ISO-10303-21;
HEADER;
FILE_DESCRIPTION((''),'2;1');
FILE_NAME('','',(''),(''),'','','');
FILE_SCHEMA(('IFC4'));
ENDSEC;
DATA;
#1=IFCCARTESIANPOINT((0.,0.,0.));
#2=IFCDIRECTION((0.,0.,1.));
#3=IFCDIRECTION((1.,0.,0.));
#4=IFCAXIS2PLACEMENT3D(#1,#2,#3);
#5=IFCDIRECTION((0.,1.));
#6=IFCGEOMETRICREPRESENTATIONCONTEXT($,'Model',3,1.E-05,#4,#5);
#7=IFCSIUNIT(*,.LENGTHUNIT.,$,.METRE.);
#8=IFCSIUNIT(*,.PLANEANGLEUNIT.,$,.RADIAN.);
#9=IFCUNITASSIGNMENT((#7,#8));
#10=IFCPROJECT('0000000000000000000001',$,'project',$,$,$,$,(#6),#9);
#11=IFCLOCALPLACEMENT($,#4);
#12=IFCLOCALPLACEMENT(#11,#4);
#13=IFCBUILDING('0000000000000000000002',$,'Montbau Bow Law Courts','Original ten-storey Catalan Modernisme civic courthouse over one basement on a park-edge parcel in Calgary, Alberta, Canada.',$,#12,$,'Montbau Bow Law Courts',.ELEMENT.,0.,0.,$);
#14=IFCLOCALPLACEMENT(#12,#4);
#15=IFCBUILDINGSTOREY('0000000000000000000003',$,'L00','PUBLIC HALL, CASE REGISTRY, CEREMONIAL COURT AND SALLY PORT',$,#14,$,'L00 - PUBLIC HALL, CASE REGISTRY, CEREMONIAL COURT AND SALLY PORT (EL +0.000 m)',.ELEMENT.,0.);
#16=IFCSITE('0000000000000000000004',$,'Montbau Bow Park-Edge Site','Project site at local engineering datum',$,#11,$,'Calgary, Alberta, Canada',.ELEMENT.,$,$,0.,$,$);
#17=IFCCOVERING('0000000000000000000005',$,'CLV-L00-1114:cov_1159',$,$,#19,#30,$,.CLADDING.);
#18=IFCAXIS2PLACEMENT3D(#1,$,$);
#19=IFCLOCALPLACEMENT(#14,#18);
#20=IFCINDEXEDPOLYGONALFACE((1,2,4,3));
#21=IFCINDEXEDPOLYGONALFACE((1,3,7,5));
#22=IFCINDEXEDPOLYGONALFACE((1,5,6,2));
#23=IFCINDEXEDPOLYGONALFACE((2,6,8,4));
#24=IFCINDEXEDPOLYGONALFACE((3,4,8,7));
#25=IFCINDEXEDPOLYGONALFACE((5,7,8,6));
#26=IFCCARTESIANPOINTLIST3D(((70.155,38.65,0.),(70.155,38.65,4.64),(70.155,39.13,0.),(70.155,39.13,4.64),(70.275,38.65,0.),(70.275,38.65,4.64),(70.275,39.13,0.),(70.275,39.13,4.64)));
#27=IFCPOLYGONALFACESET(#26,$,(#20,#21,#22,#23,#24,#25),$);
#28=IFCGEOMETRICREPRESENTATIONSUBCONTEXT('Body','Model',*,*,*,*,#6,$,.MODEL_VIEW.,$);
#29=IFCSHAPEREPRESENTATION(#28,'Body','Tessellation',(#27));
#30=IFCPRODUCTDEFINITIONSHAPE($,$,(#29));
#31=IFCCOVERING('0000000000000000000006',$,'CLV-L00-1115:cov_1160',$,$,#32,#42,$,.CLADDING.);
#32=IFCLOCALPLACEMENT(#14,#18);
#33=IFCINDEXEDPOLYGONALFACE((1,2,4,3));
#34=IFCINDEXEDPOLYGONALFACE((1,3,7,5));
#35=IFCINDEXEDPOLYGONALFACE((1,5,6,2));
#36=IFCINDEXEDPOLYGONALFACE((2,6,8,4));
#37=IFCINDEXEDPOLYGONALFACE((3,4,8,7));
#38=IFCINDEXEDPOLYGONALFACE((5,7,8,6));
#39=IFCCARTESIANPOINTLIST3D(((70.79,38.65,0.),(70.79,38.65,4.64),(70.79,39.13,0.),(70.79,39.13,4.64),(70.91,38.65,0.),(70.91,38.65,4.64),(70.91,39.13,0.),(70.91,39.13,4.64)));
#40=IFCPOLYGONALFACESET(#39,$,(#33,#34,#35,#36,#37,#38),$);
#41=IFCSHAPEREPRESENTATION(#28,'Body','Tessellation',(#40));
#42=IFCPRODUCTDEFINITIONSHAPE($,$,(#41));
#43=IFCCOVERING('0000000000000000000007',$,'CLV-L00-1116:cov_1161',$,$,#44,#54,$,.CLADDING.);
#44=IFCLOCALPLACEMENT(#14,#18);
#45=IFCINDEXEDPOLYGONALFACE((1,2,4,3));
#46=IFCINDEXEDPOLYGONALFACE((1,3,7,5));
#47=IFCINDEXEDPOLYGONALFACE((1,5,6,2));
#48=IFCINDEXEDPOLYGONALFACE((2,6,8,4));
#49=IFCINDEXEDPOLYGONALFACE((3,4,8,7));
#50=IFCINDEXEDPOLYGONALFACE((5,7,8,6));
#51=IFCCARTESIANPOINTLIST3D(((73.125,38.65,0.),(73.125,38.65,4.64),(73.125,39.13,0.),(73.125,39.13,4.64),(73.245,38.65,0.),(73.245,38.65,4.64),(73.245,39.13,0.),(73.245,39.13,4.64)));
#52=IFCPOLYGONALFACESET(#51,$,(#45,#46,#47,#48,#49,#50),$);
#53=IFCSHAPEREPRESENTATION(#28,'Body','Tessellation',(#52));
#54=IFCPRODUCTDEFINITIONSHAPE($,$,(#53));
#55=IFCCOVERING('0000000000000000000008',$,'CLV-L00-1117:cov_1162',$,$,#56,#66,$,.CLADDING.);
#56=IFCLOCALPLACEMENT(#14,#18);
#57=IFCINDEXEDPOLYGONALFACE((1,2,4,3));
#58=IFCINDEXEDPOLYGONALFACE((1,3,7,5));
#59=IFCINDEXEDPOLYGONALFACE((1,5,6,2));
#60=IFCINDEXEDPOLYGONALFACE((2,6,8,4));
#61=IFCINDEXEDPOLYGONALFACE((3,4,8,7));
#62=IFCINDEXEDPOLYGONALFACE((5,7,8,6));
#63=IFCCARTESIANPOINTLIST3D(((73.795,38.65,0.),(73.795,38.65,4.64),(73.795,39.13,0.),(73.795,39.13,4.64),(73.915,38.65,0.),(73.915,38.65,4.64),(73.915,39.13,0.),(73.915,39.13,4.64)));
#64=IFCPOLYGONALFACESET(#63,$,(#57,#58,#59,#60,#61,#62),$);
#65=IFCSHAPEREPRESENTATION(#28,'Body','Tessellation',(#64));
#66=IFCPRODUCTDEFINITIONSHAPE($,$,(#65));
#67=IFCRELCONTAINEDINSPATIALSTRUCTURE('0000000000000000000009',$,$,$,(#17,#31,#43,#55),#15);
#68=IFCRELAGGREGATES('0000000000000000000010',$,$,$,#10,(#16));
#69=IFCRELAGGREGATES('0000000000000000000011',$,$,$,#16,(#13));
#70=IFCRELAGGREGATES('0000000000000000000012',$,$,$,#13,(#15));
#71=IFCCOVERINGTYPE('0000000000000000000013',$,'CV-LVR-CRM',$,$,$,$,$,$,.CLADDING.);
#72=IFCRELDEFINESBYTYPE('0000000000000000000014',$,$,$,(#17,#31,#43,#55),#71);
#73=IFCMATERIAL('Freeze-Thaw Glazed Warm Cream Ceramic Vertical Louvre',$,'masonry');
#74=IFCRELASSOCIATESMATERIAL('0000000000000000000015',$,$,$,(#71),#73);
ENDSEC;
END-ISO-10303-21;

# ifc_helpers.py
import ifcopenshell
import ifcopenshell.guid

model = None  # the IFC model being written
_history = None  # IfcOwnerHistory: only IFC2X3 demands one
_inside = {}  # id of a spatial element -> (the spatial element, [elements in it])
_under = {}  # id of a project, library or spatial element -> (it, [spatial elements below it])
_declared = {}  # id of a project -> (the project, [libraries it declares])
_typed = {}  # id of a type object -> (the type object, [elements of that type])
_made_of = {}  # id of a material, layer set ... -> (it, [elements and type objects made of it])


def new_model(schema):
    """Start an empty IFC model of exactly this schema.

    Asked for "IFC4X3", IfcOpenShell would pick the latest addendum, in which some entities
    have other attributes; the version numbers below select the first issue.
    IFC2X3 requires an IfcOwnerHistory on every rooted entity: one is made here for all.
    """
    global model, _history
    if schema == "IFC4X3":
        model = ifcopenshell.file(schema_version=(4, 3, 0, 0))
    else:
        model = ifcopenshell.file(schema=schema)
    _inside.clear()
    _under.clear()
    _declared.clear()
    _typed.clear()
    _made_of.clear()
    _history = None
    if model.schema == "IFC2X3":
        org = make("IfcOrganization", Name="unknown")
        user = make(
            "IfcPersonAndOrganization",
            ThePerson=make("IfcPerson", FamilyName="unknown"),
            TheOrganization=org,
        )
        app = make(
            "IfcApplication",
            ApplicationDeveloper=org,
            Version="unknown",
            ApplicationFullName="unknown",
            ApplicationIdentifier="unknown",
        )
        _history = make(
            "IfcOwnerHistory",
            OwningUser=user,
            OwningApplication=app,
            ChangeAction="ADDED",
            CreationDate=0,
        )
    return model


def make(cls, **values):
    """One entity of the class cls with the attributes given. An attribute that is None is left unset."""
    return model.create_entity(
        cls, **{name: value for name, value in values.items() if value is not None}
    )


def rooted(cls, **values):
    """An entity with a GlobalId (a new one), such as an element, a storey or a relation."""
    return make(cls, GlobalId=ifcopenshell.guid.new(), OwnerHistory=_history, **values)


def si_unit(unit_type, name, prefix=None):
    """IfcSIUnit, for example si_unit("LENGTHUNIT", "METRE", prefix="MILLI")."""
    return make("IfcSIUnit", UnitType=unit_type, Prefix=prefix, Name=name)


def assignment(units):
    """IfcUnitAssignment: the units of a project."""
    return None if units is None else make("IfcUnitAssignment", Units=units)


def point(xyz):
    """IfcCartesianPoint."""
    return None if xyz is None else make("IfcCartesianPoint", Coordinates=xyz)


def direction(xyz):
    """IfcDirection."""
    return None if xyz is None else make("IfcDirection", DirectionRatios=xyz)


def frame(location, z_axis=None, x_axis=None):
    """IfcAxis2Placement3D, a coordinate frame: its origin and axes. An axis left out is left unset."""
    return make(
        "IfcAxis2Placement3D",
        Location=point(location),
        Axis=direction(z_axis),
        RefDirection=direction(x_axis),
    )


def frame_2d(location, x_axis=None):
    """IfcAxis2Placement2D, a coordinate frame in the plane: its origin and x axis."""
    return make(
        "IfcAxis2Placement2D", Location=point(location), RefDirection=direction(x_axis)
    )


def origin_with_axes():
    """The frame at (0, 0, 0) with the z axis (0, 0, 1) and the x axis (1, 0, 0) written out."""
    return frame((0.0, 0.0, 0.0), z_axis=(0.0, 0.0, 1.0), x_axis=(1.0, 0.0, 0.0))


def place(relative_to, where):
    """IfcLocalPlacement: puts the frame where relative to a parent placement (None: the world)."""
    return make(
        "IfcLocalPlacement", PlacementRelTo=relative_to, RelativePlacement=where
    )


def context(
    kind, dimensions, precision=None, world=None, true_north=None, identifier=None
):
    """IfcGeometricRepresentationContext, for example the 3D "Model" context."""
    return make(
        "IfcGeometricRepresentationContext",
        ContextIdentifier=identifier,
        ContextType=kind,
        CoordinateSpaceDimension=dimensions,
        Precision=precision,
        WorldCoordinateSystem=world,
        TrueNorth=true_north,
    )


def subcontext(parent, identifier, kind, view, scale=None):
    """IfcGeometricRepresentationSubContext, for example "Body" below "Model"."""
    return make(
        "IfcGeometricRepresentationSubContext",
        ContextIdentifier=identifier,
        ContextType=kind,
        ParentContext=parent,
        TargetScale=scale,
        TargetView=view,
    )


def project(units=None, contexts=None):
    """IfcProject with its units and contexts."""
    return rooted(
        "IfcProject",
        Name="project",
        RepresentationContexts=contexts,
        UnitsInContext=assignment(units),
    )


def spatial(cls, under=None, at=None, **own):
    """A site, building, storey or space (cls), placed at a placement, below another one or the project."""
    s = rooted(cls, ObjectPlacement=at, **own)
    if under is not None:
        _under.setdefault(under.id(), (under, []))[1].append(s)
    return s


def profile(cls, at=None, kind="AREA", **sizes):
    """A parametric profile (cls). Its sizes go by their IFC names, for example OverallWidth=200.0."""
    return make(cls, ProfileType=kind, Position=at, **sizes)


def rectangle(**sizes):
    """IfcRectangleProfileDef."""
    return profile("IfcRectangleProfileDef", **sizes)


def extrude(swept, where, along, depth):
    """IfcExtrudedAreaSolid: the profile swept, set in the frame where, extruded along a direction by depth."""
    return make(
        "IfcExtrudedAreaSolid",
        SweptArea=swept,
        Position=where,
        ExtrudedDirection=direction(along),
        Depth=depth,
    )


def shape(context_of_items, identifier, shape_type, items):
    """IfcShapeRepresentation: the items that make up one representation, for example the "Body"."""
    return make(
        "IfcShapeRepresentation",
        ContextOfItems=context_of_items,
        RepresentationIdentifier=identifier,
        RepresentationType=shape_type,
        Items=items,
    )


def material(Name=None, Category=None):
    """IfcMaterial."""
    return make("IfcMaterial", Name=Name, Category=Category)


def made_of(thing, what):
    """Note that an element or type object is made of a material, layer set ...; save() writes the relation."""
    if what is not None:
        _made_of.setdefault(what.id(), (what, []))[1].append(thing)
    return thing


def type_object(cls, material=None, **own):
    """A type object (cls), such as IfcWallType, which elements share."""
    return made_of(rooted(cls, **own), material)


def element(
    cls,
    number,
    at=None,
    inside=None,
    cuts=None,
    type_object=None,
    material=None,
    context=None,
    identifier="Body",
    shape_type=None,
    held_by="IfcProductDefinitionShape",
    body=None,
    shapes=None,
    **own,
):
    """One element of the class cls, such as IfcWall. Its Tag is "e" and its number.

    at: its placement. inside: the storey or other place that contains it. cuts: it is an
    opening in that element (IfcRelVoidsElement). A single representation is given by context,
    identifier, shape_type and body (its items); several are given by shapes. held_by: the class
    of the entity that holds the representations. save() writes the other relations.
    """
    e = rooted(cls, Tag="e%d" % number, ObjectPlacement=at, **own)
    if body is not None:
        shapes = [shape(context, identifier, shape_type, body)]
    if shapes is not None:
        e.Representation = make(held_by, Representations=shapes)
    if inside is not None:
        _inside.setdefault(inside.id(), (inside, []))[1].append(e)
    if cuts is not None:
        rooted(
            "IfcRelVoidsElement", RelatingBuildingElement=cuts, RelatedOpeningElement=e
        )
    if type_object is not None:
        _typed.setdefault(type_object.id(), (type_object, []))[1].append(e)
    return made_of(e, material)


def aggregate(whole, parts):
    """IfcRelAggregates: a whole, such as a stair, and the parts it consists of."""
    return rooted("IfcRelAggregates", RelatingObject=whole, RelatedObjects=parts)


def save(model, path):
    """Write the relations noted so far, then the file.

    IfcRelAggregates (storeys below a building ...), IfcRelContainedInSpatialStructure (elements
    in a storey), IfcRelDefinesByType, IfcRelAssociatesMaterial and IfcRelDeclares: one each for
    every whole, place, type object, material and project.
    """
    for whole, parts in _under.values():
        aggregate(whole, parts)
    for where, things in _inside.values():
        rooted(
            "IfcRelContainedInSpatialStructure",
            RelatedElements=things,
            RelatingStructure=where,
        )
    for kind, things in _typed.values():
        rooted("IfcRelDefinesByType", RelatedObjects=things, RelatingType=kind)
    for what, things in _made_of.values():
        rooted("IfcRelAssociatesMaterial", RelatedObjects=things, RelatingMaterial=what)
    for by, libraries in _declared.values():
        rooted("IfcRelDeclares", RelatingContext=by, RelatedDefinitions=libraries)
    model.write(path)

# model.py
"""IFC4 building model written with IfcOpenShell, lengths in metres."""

from ifc_helpers import new_model, si_unit, direction, frame, frame_2d, origin_with_axes, place, context, subcontext, project, spatial, rectangle, extrude, material, type_object, element, save


model = new_model("IFC4")

# Units and contexts
model_context = context("Model", 3, precision=1e-05, world=origin_with_axes(), true_north=direction((0.0, 1.0)))
body_context = subcontext(model_context, "Body", "Model", "MODEL_VIEW")
ifc_project = project(units=[si_unit("LENGTHUNIT", "METRE"), si_unit("PLANEANGLEUNIT", "RADIAN")], contexts=[model_context])

# Site, building, storey
site_placement = place(None, origin_with_axes())
site = spatial("IfcSite", under=ifc_project, at=site_placement, Name="Montbau Bow Park-Edge Site", Description="Project site at local engineering datum", LongName="Calgary, Alberta, Canada", CompositionType="ELEMENT", RefElevation=0.0)
building_placement = place(site_placement, origin_with_axes())
building = spatial("IfcBuilding", under=site, at=building_placement, Name="Montbau Bow Law Courts", Description="Original ten-storey Catalan Modernisme civic courthouse over one basement on a park-edge parcel in Calgary, Alberta, Canada.", LongName="Montbau Bow Law Courts", CompositionType="ELEMENT", ElevationOfRefHeight=0.0, ElevationOfTerrain=0.0)
storey_placement = place(building_placement, origin_with_axes())
storey = spatial("IfcBuildingStorey", under=building, at=storey_placement, Name="L00", Description="PUBLIC HALL, CASE REGISTRY, CEREMONIAL COURT AND SALLY PORT", LongName="L00 - PUBLIC HALL, CASE REGISTRY, CEREMONIAL COURT AND SALLY PORT (EL +0.000 m)", CompositionType="ELEMENT", Elevation=0.0)

# Coverings
ifc_material_1 = material(Name="Freeze-Thaw Glazed Warm Cream Ceramic Vertical Louvre", Category="masonry")
covering_type = type_object("IfcCoveringType", Name="CV-LVR-CRM", PredefinedType="CLADDING", material=ifc_material_1)
for number, where, z_axis, x_axis, name in (
    (1, (70.215, 39.13, 0.0), (-1.0, 0.0, 0.0), (0.0, -1.0, 0.0), "CLV-L00-1114:cov_1159"),
    (2, (70.85, 39.13, 0.0), (-1.0, 0.0, 0.0), (0.0, -1.0, 0.0), "CLV-L00-1115:cov_1160"),
    (3, (73.185, 39.13, 0.0), (-1.0, 0.0, 0.0), (0.0, -1.0, 0.0), "CLV-L00-1116:cov_1161"),
    (4, (73.855, 39.13, 0.0), (-1.0, 0.0, 0.0), (0.0, -1.0, 0.0), "CLV-L00-1117:cov_1162"),
):
    element("IfcCovering", number, at=place(None, frame(where, z_axis=z_axis, x_axis=x_axis)), inside=storey, type_object=covering_type, Name=name, PredefinedType="CLADDING", context=body_context, shape_type="SweptSolid", body=[
        extrude(rectangle(XDim=0.48, YDim=4.64, at=frame_2d((0.24, 2.32), x_axis=(1.0, 0.0))), frame((0.0, 0.0, -0.06), z_axis=(0.0, 0.0, 1.0), x_axis=(1.0, 0.0, 0.0)), (0.0, 0.0, 1.0), 0.12),
    ])

save(model, "model.ifc")
